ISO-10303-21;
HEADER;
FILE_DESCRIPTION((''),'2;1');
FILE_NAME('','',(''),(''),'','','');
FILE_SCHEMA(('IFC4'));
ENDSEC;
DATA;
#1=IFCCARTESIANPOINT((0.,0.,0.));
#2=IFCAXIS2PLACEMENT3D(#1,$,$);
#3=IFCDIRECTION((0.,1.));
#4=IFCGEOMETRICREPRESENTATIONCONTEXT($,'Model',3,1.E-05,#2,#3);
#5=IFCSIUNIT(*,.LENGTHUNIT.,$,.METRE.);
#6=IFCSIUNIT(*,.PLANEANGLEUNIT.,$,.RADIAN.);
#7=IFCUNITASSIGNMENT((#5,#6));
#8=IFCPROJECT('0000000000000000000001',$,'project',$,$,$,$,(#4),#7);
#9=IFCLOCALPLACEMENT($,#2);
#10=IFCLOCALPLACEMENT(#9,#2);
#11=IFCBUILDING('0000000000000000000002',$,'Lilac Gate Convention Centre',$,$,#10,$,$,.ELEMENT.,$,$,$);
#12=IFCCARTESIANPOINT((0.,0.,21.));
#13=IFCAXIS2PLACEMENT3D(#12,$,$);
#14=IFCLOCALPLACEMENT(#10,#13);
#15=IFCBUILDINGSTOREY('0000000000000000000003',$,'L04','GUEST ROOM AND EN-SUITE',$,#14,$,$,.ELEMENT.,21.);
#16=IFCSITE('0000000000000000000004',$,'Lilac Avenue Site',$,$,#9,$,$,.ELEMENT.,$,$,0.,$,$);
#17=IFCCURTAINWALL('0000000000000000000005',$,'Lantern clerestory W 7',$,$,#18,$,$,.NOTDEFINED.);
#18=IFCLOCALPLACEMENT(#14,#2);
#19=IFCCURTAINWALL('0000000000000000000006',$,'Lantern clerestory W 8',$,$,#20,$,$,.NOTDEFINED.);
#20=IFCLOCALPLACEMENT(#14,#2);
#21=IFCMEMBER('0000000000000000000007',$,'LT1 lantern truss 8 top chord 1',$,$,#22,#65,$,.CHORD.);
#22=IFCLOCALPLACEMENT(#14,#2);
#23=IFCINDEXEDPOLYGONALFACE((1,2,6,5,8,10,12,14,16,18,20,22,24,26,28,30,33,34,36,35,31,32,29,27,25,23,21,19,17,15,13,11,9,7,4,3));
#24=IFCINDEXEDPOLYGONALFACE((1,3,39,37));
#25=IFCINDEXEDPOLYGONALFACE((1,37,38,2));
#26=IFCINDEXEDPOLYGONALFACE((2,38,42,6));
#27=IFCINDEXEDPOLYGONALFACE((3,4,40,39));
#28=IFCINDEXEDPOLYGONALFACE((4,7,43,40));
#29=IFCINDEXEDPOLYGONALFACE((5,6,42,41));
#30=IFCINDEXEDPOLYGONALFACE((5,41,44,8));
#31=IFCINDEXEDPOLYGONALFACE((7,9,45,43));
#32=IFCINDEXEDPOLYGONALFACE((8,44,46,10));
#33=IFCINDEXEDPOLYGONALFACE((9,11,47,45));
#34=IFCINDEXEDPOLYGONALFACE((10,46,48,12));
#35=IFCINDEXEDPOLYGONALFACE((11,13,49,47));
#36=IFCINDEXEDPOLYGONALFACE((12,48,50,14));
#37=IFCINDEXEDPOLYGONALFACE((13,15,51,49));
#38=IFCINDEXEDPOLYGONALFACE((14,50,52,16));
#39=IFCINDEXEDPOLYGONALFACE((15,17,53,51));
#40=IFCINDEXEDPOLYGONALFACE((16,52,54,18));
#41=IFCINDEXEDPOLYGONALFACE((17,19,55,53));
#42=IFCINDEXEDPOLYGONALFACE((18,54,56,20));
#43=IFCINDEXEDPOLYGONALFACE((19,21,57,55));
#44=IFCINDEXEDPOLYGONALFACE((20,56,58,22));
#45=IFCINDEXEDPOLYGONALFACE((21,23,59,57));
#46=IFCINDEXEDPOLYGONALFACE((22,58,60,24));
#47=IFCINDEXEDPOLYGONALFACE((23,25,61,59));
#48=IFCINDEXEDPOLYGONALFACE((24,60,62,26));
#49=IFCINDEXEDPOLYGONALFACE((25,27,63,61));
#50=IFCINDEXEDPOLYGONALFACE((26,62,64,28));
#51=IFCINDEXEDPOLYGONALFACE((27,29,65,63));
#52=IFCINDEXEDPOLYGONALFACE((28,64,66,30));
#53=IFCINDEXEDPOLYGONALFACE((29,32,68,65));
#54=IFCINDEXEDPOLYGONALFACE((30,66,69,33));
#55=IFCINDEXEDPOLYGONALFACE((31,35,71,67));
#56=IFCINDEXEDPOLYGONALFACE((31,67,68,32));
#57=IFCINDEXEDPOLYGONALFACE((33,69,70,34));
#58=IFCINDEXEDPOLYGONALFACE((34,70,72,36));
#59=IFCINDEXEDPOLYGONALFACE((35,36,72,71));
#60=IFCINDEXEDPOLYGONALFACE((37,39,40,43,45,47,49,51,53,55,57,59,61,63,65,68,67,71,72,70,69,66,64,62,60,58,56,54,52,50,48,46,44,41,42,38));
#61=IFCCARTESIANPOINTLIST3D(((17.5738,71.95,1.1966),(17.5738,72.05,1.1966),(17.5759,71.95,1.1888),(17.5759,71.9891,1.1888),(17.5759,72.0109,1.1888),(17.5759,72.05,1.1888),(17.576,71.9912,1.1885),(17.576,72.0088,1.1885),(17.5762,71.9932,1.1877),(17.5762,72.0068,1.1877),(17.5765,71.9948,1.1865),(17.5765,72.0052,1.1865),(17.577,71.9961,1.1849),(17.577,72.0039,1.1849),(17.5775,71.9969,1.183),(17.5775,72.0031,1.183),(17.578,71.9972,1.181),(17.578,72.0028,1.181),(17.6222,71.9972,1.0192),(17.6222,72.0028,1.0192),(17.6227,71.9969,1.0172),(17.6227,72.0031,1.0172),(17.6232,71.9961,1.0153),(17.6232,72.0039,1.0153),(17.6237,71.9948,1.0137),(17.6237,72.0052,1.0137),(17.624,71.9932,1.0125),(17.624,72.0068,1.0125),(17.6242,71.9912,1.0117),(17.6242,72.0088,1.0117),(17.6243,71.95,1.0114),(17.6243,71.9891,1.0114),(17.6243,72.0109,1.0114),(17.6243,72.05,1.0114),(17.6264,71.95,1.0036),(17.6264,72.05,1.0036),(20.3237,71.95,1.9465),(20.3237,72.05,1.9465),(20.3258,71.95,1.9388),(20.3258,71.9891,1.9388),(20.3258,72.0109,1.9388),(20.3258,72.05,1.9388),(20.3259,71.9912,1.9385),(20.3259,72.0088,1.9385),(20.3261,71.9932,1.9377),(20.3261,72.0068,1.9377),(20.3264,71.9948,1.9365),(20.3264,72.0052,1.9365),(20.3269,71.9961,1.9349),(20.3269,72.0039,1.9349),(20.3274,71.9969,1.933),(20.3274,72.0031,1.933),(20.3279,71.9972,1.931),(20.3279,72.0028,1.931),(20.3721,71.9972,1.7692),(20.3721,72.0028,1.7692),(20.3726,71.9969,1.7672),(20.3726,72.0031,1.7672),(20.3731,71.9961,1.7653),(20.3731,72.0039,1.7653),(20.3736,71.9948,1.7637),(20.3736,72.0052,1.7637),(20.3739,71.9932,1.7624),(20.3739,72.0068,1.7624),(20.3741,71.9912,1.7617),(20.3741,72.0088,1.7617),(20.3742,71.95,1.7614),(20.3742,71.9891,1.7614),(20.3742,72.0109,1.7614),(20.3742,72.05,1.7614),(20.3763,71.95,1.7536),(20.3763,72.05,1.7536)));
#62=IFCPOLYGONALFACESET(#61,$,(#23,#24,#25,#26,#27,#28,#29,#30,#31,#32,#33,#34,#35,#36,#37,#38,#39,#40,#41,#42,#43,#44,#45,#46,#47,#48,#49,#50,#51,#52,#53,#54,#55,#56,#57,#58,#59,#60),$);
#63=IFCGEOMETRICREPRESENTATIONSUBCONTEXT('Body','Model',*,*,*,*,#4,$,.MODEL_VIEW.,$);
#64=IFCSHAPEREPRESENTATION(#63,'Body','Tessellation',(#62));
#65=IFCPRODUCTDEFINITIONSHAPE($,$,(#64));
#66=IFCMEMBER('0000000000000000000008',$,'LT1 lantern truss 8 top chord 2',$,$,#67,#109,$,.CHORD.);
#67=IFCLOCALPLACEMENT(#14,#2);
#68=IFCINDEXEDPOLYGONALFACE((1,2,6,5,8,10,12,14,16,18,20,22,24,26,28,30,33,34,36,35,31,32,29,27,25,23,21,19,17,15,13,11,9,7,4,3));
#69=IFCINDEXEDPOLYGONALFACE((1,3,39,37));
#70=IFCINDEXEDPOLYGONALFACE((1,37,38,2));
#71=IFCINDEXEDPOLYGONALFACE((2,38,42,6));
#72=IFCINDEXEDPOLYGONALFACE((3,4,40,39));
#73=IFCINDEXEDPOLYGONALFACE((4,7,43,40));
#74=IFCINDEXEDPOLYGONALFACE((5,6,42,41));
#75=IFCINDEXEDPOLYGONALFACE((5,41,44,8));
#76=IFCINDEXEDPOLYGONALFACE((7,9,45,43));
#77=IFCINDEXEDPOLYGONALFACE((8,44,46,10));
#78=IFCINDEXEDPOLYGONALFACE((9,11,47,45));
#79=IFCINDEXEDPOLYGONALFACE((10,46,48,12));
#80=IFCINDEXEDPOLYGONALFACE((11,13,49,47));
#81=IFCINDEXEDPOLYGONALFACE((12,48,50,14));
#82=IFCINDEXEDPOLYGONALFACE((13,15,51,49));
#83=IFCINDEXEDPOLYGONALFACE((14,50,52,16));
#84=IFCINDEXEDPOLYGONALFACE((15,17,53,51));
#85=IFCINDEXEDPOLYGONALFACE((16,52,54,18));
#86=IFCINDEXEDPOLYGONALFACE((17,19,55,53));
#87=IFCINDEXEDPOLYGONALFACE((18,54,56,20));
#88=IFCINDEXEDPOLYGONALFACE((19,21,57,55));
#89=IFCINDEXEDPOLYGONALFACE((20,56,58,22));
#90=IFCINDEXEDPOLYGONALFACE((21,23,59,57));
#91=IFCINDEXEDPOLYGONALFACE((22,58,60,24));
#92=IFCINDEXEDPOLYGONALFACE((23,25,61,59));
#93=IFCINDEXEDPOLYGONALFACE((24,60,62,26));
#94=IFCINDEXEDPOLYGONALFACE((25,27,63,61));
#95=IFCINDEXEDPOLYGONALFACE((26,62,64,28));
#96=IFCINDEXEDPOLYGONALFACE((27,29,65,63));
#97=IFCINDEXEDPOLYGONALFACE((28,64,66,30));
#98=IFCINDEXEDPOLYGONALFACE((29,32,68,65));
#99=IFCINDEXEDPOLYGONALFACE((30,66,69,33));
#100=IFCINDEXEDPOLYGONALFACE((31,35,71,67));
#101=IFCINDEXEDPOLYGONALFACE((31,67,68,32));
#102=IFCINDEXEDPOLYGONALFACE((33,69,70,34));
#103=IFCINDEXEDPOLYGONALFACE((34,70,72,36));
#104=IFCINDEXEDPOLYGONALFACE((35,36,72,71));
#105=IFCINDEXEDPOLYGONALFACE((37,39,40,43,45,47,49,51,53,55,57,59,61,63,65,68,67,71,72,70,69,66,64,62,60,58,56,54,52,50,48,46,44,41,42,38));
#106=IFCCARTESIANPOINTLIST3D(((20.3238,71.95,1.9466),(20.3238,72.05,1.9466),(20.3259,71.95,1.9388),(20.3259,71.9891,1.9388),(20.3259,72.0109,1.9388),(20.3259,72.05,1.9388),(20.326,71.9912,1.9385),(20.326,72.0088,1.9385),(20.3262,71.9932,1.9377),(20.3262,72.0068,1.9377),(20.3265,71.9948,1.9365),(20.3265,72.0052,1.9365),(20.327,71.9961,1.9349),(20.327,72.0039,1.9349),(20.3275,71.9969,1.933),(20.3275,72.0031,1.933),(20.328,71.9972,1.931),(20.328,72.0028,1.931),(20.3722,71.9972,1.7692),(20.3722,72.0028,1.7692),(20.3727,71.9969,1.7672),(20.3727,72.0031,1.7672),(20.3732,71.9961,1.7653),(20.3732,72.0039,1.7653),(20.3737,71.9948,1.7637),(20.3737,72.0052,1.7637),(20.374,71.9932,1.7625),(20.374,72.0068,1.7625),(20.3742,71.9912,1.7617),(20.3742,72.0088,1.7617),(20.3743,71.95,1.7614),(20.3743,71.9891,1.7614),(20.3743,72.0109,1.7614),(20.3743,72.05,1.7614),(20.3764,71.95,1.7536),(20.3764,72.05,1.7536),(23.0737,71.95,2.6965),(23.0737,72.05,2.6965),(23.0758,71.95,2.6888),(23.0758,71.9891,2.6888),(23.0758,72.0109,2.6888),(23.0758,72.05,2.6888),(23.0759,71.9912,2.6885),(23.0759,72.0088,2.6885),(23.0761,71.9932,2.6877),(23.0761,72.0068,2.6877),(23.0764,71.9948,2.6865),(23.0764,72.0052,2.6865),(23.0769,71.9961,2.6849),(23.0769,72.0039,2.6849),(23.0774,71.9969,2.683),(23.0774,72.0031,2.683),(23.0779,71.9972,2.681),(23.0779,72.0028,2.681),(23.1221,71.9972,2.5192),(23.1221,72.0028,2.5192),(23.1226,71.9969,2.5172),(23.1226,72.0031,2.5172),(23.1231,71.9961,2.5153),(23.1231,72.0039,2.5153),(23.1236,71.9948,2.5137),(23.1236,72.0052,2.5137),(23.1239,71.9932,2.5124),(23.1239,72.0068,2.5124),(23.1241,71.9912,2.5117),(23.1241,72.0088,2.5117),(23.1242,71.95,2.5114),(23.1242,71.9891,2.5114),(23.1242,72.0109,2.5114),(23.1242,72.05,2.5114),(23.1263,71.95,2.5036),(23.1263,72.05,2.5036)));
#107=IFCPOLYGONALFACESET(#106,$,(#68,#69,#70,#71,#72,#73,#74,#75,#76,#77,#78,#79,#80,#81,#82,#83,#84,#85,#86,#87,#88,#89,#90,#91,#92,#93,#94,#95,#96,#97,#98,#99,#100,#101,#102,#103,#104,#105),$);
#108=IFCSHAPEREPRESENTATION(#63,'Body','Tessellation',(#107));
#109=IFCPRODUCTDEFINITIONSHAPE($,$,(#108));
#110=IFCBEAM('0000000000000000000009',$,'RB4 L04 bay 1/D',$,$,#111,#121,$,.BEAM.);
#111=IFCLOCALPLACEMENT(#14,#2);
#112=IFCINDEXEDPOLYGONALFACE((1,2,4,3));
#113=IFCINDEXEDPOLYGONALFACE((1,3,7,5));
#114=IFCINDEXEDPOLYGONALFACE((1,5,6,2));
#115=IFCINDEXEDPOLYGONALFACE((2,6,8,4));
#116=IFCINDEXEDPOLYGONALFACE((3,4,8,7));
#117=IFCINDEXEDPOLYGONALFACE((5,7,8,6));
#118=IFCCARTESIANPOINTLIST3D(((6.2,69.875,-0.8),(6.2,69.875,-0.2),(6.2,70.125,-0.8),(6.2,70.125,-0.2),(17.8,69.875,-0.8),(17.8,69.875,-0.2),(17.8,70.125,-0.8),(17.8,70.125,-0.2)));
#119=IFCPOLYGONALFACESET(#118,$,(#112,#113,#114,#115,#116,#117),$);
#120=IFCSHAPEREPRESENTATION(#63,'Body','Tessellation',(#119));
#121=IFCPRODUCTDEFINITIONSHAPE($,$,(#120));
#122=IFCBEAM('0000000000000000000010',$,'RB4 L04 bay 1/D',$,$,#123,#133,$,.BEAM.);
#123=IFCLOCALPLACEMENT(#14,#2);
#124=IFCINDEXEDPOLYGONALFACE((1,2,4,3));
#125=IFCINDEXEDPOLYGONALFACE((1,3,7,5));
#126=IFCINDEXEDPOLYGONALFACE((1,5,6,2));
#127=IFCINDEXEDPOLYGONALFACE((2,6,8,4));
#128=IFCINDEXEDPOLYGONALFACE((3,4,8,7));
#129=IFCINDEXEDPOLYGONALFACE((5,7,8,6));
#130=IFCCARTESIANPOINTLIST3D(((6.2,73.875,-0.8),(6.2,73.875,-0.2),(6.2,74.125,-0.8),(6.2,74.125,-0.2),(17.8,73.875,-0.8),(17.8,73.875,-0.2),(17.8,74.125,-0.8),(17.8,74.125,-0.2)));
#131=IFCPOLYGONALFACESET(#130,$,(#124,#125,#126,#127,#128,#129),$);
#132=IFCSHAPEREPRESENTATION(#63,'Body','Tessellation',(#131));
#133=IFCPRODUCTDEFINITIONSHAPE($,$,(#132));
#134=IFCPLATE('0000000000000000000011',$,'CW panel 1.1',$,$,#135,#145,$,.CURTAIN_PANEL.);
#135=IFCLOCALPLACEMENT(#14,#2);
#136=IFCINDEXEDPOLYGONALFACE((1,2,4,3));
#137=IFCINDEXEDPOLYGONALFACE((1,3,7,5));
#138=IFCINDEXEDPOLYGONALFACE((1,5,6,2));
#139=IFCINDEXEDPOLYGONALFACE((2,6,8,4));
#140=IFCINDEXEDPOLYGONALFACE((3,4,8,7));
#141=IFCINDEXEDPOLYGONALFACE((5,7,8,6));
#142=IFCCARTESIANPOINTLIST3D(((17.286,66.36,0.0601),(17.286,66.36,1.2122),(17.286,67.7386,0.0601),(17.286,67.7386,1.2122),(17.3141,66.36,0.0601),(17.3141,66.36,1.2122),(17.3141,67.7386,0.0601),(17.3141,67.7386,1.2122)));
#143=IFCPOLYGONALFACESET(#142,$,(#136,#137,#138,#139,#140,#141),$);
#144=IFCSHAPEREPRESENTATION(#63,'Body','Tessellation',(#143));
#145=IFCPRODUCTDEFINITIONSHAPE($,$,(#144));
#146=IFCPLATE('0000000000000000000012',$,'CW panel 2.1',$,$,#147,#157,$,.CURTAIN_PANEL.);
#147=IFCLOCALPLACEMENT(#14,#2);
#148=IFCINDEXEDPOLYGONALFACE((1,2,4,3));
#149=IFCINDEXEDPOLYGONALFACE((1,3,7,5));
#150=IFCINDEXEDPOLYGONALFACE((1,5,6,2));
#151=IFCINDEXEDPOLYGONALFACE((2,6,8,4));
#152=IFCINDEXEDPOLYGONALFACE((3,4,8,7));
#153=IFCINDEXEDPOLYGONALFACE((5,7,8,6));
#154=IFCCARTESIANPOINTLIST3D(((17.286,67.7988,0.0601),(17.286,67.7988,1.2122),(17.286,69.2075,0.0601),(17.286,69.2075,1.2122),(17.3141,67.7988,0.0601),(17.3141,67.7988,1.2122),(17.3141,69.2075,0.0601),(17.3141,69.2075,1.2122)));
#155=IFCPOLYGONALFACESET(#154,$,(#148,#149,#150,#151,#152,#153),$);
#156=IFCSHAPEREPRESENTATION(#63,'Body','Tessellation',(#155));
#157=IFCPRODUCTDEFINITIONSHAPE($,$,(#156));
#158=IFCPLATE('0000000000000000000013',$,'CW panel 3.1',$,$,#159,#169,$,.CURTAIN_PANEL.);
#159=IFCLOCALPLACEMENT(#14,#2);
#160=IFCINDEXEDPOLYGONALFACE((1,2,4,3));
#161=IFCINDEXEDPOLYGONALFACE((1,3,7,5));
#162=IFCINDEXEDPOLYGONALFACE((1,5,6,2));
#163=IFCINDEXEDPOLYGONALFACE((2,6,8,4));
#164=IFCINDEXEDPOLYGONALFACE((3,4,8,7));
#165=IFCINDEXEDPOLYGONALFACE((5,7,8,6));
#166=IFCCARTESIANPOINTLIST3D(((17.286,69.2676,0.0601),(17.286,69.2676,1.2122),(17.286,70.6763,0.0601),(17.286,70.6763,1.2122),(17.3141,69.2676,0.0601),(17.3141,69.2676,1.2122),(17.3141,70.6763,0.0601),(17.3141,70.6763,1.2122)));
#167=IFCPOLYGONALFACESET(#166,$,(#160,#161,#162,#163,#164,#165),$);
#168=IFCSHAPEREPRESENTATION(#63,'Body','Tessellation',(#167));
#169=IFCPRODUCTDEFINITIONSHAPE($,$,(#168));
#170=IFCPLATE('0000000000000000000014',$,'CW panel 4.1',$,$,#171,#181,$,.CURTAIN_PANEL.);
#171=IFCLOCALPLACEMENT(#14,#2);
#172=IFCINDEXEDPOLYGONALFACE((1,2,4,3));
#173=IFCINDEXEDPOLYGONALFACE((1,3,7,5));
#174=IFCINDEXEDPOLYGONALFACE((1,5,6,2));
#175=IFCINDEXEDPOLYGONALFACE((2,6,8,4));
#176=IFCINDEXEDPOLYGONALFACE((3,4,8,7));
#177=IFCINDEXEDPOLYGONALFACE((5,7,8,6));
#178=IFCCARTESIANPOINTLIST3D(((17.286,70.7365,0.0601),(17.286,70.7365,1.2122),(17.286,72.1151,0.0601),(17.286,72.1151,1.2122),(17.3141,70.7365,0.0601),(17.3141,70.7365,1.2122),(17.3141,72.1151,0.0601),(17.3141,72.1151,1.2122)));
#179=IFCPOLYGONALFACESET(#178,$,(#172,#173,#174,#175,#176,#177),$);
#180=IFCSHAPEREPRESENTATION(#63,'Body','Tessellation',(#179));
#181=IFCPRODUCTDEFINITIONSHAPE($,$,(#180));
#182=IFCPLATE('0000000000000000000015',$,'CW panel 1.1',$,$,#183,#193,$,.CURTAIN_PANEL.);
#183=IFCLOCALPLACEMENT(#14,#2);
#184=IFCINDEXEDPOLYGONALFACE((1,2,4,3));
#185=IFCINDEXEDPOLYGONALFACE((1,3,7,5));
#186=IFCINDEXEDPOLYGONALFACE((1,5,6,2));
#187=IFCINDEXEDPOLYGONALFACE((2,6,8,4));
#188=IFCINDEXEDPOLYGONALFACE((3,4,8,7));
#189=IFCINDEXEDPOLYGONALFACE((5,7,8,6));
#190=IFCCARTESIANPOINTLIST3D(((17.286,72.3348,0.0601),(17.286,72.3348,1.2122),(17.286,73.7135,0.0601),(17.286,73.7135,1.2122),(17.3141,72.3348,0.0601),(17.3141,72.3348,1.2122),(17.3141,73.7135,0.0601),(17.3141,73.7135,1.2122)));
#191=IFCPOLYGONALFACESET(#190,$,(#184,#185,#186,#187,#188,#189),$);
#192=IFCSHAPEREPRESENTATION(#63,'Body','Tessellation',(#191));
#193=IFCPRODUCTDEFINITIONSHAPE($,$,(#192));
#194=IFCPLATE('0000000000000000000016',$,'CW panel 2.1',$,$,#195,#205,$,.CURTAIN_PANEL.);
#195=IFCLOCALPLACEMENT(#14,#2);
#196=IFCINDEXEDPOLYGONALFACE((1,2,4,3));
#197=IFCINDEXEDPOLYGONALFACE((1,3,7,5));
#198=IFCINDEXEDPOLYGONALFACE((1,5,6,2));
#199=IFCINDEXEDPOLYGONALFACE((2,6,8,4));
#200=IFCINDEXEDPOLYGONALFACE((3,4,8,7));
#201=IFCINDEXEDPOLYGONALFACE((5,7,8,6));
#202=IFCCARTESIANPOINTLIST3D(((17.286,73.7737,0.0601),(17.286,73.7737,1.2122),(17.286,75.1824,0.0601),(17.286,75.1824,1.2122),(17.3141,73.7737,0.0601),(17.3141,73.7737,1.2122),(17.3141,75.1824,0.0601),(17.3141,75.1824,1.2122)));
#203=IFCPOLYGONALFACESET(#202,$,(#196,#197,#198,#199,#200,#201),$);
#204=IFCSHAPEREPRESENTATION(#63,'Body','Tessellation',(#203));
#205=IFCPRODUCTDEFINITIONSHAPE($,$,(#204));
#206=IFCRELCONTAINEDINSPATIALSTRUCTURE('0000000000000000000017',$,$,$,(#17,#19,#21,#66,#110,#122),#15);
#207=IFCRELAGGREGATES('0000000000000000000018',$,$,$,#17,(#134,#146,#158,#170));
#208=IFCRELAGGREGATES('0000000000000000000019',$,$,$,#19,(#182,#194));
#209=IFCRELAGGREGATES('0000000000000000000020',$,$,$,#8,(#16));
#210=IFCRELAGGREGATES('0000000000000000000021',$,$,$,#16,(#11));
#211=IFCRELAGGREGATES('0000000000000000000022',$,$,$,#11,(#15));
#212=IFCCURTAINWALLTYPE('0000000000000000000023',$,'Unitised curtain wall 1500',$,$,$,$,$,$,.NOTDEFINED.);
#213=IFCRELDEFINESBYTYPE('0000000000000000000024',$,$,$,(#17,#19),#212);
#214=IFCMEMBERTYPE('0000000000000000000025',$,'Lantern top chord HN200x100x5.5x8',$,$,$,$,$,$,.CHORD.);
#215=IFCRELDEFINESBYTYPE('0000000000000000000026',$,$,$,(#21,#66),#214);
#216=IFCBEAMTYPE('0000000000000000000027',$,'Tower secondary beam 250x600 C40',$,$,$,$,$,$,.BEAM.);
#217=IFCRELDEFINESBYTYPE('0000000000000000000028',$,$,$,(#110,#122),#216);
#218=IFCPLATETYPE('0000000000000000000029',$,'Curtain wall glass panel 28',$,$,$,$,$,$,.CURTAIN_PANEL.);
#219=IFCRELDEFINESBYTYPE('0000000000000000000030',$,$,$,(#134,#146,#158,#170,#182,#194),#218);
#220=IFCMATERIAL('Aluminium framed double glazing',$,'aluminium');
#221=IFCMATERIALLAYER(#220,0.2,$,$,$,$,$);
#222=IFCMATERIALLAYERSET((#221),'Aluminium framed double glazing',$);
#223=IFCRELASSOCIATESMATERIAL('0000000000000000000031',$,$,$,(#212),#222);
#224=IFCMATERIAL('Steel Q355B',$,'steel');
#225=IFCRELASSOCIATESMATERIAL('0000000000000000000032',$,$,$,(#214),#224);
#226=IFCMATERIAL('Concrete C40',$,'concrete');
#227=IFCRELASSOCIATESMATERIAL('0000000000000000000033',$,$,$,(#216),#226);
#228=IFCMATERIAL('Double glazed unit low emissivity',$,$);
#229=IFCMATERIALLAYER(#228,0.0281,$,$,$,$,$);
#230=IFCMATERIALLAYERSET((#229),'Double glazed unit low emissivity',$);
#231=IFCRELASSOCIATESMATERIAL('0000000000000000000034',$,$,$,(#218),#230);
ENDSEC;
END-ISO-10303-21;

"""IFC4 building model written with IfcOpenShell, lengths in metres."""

from ifc_helpers import new_model, si_unit, direction, frame, origin, origin_2d, place, context, subcontext, project, spatial, rectangle, i_section, extrude, material, layer, layer_set, material_profile, profile_set, type_object, element, aggregate, save


model = new_model("IFC4")

# Units and contexts
model_context = context("Model", 3, precision=1e-05, world=origin(), true_north=direction((0.0, 1.0)))
body_context = subcontext(model_context, "Body", "Model", "MODEL_VIEW")
ifc_project = project(units=[si_unit("LENGTHUNIT", "METRE"), si_unit("PLANEANGLEUNIT", "RADIAN")], contexts=[model_context])

# Site, building, storey
site_placement = place(None, origin())
site = spatial("IfcSite", under=ifc_project, at=site_placement, Name="Lilac Avenue Site", CompositionType="ELEMENT", RefElevation=0.0)
building_placement = place(site_placement, origin())
building = spatial("IfcBuilding", under=site, at=building_placement, Name="Lilac Gate Convention Centre", CompositionType="ELEMENT")
storey_placement = place(building_placement, frame((0.0, 0.0, 21.0)))
storey = spatial("IfcBuildingStorey", under=building, at=storey_placement, Name="L04", Description="GUEST ROOM AND EN-SUITE", CompositionType="ELEMENT", Elevation=21.0)

# Curtain walls
ifc_material_1 = material(Name="Aluminium framed double glazing", Category="aluminium")
ifc_layer_1 = layer(ifc_material_1, 0.2)
ifc_layer_set_1 = layer_set([ifc_layer_1], Name="Aluminium framed double glazing")
curtain_wall_type = type_object("IfcCurtainWallType", Name="Unitised curtain wall 1500", PredefinedType="NOTDEFINED", material=ifc_layer_set_1)
curtain_wall_1_placement = place(storey_placement, origin())
curtain_wall_1 = element("IfcCurtainWall", 1, at=curtain_wall_1_placement, inside=storey, type_object=curtain_wall_type, Name="Lantern clerestory W 7", PredefinedType="NOTDEFINED")
curtain_wall_2_placement = place(storey_placement, origin())
curtain_wall_2 = element("IfcCurtainWall", 2, at=curtain_wall_2_placement, inside=storey, type_object=curtain_wall_type, Name="Lantern clerestory W 8", PredefinedType="NOTDEFINED")

# Members
ifc_material_2 = material(Name="Steel Q355B", Category="steel")
ifc_material_profile_1 = material_profile(ifc_material_2, i_section(OverallWidth=0.1001, OverallDepth=0.2, WebThickness=0.0056, FlangeThickness=0.0081, FilletRadius=0.0081, at=origin_2d()), Name="HN200x100x5.5x8")
ifc_profile_set_1 = profile_set([ifc_material_profile_1], Name="Steel Q355B")
member_type_1 = type_object("IfcMemberType", Name="Lantern top chord HN200x100x5.5x8", PredefinedType="CHORD", material=ifc_profile_set_1)
for number, where, z_axis, x_axis, name in (
    (3, (17.6001, 72.0, 1.1001), (0.964764, 0.0, 0.263117), (0.0, 1.0, 0.0), "LT1 lantern truss 8 top chord 1"),
    (4, (20.3501, 72.0, 1.8501), (0.964764, 0.0, 0.263117), (0.0, 1.0, 0.0), "LT1 lantern truss 8 top chord 2"),
):
    element("IfcMember", number, at=place(storey_placement, frame(where, z_axis=z_axis, x_axis=x_axis)), inside=storey, type_object=member_type_1, Name=name, PredefinedType="CHORD", context=body_context, shape_type="SweptSolid", body=[
        extrude(i_section(OverallWidth=0.1001, OverallDepth=0.2, WebThickness=0.0056, FlangeThickness=0.0081, FilletRadius=0.0081, at=origin_2d()), origin(), (0.0, 0.0, 1.0), 2.8503),
    ])

# Beams
ifc_material_3 = material(Name="Concrete C40", Category="concrete")
ifc_material_profile_2 = material_profile(ifc_material_3, rectangle(XDim=0.25, YDim=0.6001, at=origin_2d()), Name="RC 250x600")
ifc_profile_set_2 = profile_set([ifc_material_profile_2], Name="Concrete C40")
beam_type = type_object("IfcBeamType", Name="Tower secondary beam 250x600 C40", PredefinedType="BEAM", material=ifc_profile_set_2)
for number, where, z_axis, x_axis, name in (
    (5, (6.2, 70.0, -0.5), (1.0, 0.0, 0.0), (0.0, 1.0, 0.0), "RB4 L04 bay 1/D"),
    (6, (6.2, 74.0, -0.5), (1.0, 0.0, 0.0), (0.0, 1.0, 0.0), "RB4 L04 bay 1/D"),
):
    element("IfcBeam", number, at=place(storey_placement, frame(where, z_axis=z_axis, x_axis=x_axis)), inside=storey, type_object=beam_type, Name=name, PredefinedType="BEAM", context=body_context, shape_type="SweptSolid", body=[
        extrude(rectangle(XDim=0.25, YDim=0.6001, at=origin_2d()), origin(), (0.0, 0.0, 1.0), 11.6001),
    ])

# Plates
ifc_material_4 = material(Name="Double glazed unit low emissivity")
ifc_layer_2 = layer(ifc_material_4, 0.0281)
ifc_layer_set_2 = layer_set([ifc_layer_2], Name="Double glazed unit low emissivity")
plate_type = type_object("IfcPlateType", Name="Curtain wall glass panel 28", PredefinedType="CURTAIN_PANEL", material=ifc_layer_set_2)
plate_1_placement = place(storey_placement, frame((17.3, 67.0493, 0.0601), z_axis=(0.0, 0.0, 1.0), x_axis=(0.0, 1.0, 0.0)))
plate_1 = element("IfcPlate", 7, at=plate_1_placement, type_object=plate_type, Name="CW panel 1.1", PredefinedType="CURTAIN_PANEL", context=body_context, shape_type="SweptSolid", body=[
    extrude(rectangle(XDim=1.3787, YDim=0.0281, at=origin_2d()), origin(), (0.0, 0.0, 1.0), 1.1521),
])
plate_2_placement = place(storey_placement, frame((17.3, 68.5032, 0.0601), z_axis=(0.0, 0.0, 1.0), x_axis=(0.0, 1.0, 0.0)))
plate_2 = element("IfcPlate", 8, at=plate_2_placement, type_object=plate_type, Name="CW panel 2.1", PredefinedType="CURTAIN_PANEL", context=body_context, shape_type="SweptSolid", body=[
    extrude(rectangle(XDim=1.4087, YDim=0.0281, at=origin_2d()), origin(), (0.0, 0.0, 1.0), 1.1521),
])
plate_3_placement = place(storey_placement, frame((17.3, 69.9719, 0.0601), z_axis=(0.0, 0.0, 1.0), x_axis=(0.0, 1.0, 0.0)))
plate_3 = element("IfcPlate", 9, at=plate_3_placement, type_object=plate_type, Name="CW panel 3.1", PredefinedType="CURTAIN_PANEL", context=body_context, shape_type="SweptSolid", body=[
    extrude(rectangle(XDim=1.4087, YDim=0.0281, at=origin_2d()), origin(), (0.0, 0.0, 1.0), 1.1521),
])
plate_4_placement = place(storey_placement, frame((17.3, 71.4258, 0.0601), z_axis=(0.0, 0.0, 1.0), x_axis=(0.0, 1.0, 0.0)))
plate_4 = element("IfcPlate", 10, at=plate_4_placement, type_object=plate_type, Name="CW panel 4.1", PredefinedType="CURTAIN_PANEL", context=body_context, shape_type="SweptSolid", body=[
    extrude(rectangle(XDim=1.3787, YDim=0.0281, at=origin_2d()), origin(), (0.0, 0.0, 1.0), 1.1521),
])
aggregate(curtain_wall_1, [plate_1, plate_2, plate_3, plate_4])
plate_5_placement = place(storey_placement, frame((17.3, 73.0242, 0.0601), z_axis=(0.0, 0.0, 1.0), x_axis=(0.0, 1.0, 0.0)))
plate_5 = element("IfcPlate", 11, at=plate_5_placement, type_object=plate_type, Name="CW panel 1.1", PredefinedType="CURTAIN_PANEL", context=body_context, shape_type="SweptSolid", body=[
    extrude(rectangle(XDim=1.3787, YDim=0.0281, at=origin_2d()), origin(), (0.0, 0.0, 1.0), 1.1521),
])
plate_6_placement = place(storey_placement, frame((17.3, 74.478, 0.0601), z_axis=(0.0, 0.0, 1.0), x_axis=(0.0, 1.0, 0.0)))
plate_6 = element("IfcPlate", 12, at=plate_6_placement, type_object=plate_type, Name="CW panel 2.1", PredefinedType="CURTAIN_PANEL", context=body_context, shape_type="SweptSolid", body=[
    extrude(rectangle(XDim=1.4087, YDim=0.0281, at=origin_2d()), origin(), (0.0, 0.0, 1.0), 1.1521),
])
aggregate(curtain_wall_2, [plate_5, plate_6])

save(model, "model.ifc")
